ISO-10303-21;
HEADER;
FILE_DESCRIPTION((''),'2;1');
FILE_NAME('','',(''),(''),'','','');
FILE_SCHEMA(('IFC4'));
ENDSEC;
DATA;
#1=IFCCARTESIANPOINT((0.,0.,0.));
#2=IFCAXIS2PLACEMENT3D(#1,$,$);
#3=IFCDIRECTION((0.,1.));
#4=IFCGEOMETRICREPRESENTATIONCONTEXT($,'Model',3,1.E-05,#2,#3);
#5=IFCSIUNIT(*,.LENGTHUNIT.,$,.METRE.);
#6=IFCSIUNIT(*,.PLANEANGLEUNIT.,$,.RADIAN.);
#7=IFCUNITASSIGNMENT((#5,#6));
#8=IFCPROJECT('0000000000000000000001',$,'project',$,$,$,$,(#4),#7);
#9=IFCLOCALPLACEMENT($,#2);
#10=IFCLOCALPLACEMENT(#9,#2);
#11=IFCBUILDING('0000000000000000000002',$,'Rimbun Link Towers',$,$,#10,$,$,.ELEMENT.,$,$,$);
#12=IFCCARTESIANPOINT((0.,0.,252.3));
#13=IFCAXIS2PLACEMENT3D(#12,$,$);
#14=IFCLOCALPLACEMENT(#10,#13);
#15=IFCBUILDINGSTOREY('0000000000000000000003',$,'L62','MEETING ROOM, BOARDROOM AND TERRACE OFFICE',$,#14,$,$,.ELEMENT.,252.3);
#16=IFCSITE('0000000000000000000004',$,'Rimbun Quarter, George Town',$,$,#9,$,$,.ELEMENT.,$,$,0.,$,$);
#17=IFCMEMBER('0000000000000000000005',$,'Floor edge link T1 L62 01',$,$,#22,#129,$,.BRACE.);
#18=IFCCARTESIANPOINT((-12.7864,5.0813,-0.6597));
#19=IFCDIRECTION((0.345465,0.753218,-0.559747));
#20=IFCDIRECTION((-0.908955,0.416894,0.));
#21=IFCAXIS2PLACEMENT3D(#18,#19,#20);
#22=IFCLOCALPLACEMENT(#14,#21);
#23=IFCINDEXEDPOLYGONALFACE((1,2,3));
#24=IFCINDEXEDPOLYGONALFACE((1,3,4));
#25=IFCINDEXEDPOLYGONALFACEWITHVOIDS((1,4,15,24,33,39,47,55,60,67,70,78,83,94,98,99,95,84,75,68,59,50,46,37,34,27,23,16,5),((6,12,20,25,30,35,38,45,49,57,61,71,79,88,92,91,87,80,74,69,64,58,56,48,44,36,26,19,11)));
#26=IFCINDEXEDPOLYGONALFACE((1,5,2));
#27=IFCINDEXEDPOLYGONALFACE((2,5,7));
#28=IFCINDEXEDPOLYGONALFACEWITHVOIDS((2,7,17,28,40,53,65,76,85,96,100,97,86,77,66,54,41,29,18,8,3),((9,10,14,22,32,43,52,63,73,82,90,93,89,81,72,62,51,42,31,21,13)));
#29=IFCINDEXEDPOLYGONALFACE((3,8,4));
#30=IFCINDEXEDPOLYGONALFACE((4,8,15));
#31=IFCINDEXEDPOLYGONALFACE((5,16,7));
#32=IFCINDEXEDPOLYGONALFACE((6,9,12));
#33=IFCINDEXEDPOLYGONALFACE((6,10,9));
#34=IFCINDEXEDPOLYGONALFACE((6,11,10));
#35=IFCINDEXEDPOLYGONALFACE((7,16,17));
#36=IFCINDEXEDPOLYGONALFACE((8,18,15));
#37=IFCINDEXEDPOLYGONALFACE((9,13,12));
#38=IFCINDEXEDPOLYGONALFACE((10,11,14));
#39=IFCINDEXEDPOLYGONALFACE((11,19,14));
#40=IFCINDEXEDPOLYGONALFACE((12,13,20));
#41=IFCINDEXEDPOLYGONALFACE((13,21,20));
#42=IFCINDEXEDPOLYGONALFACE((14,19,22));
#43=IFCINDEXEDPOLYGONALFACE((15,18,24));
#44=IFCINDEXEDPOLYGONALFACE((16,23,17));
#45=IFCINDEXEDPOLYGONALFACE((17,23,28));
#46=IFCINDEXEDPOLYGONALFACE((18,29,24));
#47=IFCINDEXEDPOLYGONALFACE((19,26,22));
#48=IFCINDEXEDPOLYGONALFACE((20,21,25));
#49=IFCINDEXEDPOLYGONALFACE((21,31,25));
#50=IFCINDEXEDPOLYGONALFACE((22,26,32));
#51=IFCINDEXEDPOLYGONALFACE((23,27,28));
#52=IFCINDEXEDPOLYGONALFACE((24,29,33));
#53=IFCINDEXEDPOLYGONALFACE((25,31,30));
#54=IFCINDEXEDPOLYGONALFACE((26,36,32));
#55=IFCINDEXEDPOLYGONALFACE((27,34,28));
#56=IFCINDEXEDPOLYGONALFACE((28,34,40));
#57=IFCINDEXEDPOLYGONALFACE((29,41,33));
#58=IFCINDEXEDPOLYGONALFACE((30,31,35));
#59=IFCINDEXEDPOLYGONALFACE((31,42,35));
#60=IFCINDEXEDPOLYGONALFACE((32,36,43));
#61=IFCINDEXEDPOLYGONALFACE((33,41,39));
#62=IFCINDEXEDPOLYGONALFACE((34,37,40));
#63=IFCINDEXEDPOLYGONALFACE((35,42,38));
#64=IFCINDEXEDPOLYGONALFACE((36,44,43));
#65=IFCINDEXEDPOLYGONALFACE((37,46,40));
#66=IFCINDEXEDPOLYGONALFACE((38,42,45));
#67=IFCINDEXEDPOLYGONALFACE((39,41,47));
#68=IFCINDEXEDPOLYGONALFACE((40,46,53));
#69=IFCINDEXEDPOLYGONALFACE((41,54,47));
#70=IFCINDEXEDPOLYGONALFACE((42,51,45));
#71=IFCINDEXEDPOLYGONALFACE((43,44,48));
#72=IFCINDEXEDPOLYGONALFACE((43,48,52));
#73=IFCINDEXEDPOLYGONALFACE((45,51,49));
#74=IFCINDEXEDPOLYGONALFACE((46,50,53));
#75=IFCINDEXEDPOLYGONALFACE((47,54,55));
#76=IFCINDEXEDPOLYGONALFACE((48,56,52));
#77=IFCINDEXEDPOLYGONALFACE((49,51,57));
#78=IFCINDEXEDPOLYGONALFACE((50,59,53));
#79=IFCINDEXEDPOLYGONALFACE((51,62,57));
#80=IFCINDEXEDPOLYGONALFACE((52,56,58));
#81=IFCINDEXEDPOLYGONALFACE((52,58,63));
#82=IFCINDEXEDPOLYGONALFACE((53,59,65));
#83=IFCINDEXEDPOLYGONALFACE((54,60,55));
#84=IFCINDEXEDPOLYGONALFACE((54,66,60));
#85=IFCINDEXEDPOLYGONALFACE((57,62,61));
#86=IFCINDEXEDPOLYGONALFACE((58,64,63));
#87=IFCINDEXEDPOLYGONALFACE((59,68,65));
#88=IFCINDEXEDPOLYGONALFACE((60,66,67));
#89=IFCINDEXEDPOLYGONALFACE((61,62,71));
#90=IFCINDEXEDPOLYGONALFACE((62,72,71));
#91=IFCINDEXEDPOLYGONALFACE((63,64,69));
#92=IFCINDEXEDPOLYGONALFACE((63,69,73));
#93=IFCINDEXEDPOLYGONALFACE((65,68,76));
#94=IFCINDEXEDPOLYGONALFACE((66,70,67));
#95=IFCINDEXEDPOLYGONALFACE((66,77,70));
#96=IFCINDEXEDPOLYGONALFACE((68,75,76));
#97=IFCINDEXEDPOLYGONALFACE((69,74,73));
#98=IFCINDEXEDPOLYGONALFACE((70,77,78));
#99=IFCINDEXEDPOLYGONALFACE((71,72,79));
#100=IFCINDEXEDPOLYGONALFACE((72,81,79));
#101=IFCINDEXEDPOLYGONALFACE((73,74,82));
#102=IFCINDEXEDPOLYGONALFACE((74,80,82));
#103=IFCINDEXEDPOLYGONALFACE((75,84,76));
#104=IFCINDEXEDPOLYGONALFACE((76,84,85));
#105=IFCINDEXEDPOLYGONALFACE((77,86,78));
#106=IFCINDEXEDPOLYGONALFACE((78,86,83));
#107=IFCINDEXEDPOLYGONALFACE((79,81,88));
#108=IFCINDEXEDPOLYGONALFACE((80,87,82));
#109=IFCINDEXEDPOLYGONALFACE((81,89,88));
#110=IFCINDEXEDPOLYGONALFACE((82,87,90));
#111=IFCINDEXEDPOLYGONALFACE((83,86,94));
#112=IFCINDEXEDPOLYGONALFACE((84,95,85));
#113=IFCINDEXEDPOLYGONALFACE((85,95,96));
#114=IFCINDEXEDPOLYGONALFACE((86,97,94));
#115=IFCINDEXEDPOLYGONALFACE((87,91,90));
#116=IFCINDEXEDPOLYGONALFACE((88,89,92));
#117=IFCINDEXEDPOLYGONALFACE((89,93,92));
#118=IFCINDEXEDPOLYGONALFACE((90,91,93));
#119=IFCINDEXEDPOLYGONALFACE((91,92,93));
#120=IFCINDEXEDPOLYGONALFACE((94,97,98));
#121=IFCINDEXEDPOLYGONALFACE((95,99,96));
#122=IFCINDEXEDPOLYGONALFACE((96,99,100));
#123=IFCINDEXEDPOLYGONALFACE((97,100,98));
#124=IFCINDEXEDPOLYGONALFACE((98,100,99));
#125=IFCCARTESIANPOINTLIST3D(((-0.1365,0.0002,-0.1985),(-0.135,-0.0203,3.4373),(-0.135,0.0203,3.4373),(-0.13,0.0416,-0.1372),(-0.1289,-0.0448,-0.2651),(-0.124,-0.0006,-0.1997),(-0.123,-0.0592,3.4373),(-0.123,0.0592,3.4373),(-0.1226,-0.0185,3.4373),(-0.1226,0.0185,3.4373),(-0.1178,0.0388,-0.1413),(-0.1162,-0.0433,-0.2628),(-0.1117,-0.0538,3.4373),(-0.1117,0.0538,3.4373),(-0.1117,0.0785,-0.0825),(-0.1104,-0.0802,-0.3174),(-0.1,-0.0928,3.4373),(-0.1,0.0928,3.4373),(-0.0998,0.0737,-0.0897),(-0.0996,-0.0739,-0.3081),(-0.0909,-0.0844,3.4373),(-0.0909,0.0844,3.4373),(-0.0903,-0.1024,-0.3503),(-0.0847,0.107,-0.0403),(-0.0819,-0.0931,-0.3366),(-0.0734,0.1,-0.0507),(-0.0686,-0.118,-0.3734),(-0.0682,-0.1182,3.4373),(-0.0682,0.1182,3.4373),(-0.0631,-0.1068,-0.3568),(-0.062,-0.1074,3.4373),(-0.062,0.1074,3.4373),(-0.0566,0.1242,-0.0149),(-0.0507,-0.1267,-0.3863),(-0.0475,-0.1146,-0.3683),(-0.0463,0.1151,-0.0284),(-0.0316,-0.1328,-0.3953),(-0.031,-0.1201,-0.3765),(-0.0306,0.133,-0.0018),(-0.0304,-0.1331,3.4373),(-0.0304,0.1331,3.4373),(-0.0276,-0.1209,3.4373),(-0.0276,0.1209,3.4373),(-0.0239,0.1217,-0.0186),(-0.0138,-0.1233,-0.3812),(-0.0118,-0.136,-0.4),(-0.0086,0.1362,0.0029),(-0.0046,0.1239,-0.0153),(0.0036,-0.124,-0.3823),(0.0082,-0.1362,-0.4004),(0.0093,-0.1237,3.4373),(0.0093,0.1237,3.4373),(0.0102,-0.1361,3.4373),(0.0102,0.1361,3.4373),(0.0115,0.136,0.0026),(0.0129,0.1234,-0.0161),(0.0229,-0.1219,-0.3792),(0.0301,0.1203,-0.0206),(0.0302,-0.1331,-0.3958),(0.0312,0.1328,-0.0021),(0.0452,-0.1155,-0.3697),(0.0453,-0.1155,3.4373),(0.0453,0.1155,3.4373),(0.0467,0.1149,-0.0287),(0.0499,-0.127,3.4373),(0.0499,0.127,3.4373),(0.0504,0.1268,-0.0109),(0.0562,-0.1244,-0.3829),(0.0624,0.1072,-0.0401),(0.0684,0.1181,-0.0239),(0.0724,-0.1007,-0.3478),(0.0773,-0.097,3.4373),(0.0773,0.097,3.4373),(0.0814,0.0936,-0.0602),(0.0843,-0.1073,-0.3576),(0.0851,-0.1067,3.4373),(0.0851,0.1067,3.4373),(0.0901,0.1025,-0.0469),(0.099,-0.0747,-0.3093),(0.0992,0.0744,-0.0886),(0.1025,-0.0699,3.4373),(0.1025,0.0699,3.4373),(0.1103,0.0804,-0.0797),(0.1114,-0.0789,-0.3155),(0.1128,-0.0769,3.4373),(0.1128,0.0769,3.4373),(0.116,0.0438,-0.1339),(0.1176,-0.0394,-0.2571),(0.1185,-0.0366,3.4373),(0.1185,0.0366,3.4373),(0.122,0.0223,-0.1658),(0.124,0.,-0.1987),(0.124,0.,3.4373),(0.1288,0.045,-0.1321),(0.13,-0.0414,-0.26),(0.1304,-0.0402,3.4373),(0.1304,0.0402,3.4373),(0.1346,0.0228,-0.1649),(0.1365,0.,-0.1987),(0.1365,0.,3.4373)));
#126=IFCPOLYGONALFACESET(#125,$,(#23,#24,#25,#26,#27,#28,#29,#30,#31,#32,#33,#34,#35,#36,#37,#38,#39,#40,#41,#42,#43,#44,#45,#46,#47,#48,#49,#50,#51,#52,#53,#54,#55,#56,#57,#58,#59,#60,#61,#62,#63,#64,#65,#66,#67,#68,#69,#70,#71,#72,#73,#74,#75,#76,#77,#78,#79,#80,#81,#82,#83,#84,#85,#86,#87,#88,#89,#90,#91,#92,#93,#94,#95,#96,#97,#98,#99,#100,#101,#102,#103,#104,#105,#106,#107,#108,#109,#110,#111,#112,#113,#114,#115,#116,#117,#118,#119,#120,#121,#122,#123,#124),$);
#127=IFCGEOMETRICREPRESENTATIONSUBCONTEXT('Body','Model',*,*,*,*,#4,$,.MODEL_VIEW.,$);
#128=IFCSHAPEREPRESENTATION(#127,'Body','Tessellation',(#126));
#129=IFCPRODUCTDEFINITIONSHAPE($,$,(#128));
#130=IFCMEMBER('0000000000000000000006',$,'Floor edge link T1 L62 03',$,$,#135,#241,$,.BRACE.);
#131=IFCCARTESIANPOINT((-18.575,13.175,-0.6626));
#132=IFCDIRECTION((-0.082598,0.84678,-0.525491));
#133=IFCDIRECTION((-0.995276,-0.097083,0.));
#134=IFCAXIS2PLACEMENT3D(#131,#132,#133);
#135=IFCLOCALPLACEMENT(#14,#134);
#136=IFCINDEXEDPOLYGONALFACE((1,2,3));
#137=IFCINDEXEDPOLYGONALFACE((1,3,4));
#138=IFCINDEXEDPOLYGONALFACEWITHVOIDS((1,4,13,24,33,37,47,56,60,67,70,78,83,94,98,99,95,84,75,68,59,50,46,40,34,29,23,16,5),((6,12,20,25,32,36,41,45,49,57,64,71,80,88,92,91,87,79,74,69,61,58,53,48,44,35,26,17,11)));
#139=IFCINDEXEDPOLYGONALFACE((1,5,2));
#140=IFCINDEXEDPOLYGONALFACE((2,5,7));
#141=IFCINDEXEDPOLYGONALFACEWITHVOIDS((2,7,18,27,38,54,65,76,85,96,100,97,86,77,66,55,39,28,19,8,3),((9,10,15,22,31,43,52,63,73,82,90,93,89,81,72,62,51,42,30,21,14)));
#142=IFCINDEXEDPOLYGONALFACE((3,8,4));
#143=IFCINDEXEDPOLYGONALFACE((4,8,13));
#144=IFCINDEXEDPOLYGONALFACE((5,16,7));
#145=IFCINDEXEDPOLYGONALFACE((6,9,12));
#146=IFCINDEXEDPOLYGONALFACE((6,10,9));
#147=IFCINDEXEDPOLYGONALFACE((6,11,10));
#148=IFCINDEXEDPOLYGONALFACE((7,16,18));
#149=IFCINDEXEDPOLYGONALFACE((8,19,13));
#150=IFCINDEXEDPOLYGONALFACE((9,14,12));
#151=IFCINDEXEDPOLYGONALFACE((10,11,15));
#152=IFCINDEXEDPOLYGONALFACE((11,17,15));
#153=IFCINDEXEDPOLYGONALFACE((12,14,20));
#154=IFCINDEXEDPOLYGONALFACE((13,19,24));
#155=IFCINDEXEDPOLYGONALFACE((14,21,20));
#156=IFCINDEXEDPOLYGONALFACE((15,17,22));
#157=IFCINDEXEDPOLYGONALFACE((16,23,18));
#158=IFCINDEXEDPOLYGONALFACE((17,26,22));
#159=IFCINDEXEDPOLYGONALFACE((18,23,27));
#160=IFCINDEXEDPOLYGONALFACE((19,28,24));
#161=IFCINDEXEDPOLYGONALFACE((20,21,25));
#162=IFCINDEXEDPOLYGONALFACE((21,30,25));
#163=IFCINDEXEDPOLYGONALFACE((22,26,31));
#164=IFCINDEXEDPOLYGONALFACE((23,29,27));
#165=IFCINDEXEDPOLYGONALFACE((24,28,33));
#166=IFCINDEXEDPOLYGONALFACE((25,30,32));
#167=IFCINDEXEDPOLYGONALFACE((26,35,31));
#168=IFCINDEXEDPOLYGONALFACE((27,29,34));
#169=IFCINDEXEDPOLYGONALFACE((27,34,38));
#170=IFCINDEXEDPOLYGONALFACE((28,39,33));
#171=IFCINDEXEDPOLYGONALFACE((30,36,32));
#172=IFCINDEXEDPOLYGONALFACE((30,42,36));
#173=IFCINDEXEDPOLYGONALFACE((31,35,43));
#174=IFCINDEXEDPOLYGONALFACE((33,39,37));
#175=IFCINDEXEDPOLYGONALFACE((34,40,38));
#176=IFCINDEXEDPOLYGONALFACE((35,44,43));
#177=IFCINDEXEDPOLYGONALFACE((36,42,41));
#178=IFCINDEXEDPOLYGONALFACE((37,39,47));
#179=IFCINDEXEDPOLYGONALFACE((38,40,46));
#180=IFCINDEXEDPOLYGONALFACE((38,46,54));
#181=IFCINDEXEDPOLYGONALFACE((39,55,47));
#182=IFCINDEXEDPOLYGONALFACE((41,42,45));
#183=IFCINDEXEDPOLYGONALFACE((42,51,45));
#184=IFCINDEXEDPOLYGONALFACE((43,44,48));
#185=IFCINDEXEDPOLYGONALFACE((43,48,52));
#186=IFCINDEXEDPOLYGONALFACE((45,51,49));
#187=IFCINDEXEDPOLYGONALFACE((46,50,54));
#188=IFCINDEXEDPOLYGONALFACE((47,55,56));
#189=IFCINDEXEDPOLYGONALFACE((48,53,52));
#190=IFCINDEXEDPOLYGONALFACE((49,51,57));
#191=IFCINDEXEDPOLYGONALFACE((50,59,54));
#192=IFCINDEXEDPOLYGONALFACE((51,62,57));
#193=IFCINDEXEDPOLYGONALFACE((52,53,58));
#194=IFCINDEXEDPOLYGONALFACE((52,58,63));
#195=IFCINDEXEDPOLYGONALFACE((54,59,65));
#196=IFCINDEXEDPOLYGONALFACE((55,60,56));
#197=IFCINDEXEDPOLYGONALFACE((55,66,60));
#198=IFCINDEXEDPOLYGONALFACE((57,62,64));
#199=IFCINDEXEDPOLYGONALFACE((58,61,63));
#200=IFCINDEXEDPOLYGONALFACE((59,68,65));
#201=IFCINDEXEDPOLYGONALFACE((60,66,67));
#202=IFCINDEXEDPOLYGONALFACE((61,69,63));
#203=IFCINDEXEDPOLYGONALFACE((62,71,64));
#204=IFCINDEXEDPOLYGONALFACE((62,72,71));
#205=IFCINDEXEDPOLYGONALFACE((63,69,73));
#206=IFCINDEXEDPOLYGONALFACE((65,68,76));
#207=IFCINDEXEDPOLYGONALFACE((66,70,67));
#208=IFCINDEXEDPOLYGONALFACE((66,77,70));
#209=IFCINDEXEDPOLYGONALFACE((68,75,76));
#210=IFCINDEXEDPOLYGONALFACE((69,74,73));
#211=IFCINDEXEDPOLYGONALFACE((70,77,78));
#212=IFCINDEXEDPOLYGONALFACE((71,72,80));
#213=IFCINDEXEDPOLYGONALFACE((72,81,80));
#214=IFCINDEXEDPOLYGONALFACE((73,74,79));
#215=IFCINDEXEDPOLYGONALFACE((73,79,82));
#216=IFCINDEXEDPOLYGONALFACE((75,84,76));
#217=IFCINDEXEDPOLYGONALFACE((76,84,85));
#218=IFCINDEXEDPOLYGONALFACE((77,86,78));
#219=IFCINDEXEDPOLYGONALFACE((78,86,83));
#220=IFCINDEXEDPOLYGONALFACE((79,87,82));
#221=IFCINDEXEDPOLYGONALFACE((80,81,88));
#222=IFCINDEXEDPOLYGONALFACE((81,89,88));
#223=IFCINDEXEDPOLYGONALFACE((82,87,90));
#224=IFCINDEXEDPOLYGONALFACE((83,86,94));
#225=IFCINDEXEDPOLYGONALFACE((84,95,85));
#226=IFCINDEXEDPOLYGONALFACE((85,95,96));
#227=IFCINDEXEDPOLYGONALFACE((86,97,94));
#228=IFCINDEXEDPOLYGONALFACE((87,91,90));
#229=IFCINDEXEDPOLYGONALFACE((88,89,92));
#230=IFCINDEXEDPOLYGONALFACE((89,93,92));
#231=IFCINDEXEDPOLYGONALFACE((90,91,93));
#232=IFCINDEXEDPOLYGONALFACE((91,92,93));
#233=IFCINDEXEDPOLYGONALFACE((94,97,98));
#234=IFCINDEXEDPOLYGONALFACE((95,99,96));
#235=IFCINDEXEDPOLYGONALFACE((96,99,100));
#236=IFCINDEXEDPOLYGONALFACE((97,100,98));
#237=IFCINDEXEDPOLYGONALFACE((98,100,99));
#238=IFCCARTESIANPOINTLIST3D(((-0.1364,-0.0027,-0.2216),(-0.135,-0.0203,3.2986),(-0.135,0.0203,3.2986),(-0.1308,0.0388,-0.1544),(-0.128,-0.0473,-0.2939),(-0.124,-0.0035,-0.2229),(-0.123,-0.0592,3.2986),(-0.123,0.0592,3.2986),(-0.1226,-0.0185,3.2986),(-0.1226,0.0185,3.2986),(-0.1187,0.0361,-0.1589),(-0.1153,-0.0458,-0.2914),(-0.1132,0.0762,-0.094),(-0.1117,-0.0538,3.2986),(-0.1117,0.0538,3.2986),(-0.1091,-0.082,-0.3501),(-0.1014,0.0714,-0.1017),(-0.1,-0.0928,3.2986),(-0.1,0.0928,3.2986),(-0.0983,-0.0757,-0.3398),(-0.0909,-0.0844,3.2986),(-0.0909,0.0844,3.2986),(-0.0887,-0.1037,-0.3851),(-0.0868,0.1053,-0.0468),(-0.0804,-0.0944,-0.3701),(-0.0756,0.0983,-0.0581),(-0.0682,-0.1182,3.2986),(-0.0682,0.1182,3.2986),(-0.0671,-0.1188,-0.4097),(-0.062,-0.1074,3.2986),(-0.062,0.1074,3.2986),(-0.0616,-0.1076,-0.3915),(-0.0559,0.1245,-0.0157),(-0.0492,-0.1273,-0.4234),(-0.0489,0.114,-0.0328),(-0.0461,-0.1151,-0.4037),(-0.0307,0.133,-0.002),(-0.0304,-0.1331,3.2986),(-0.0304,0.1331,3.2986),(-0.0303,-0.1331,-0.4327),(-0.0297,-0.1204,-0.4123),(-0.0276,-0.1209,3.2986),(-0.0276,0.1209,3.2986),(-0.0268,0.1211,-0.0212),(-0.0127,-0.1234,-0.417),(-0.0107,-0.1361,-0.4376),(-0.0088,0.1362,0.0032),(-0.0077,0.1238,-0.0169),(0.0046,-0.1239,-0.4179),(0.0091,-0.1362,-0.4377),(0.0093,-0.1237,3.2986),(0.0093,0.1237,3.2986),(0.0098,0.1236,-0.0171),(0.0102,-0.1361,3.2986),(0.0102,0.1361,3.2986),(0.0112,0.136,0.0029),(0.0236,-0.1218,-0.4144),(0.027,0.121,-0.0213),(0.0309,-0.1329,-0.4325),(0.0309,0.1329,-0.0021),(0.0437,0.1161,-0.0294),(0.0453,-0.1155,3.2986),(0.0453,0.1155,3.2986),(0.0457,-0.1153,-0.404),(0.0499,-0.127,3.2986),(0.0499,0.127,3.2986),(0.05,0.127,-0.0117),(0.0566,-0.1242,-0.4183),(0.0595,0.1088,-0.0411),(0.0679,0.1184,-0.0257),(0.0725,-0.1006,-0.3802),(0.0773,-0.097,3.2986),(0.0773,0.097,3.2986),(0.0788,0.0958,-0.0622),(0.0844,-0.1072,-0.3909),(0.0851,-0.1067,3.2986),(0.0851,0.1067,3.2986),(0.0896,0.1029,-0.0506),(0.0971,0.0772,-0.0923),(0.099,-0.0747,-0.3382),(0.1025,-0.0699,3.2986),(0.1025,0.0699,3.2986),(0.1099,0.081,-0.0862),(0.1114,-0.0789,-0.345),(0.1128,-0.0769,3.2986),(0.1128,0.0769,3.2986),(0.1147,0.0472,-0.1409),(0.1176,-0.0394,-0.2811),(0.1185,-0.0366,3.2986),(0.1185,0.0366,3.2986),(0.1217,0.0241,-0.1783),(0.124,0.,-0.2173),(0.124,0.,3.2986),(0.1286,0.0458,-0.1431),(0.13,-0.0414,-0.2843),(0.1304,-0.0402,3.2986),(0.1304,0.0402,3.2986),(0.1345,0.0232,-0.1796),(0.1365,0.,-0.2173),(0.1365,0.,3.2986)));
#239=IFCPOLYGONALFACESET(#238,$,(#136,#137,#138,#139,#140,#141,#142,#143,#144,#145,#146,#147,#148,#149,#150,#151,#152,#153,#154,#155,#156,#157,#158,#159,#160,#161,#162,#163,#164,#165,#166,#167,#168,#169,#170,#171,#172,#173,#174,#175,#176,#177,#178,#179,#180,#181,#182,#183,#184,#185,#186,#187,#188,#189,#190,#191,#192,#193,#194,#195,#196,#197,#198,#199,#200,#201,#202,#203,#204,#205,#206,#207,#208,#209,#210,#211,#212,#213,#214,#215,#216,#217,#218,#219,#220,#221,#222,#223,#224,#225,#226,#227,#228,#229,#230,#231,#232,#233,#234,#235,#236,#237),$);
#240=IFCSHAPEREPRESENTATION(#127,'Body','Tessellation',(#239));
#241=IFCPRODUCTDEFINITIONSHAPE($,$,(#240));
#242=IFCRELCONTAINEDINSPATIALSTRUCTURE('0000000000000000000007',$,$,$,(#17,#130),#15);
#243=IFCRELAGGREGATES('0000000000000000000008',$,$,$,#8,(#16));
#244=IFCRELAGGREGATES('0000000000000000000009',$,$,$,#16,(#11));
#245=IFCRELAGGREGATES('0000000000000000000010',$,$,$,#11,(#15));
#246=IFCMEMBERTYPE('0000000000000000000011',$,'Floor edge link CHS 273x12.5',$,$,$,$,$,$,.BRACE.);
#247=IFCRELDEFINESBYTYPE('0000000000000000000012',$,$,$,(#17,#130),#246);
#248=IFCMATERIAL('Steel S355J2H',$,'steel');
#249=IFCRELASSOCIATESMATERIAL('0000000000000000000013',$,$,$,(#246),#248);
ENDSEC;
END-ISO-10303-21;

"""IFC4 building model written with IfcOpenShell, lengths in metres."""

from ifc_helpers import new_model, si_unit, direction, frame, origin, origin_2d, place, context, subcontext, project, spatial, hollow_circle, extrude, clip, halfspace, material, material_profile, profile_set, type_object, element, save


model = new_model("IFC4")

# Units and contexts
model_context = context("Model", 3, precision=1e-05, world=origin(), true_north=direction((0.0, 1.0)))
body_context = subcontext(model_context, "Body", "Model", "MODEL_VIEW")
ifc_project = project(units=[si_unit("LENGTHUNIT", "METRE"), si_unit("PLANEANGLEUNIT", "RADIAN")], contexts=[model_context])

# Site, building, storey
site_placement = place(None, origin())
site = spatial("IfcSite", under=ifc_project, at=site_placement, Name="Rimbun Quarter, George Town", CompositionType="ELEMENT", RefElevation=0.0)
building_placement = place(site_placement, origin())
building = spatial("IfcBuilding", under=site, at=building_placement, Name="Rimbun Link Towers", CompositionType="ELEMENT")
storey_placement = place(building_placement, frame((0.0, 0.0, 252.3)))
storey = spatial("IfcBuildingStorey", under=building, at=storey_placement, Name="L62", Description="MEETING ROOM, BOARDROOM AND TERRACE OFFICE", CompositionType="ELEMENT", Elevation=252.3)

# Members
ifc_material_1 = material(Name="Steel S355J2H", Category="steel")
ifc_material_profile_1 = material_profile(ifc_material_1, hollow_circle(Radius=0.1365, WallThickness=0.0125, at=origin_2d()), Name="CHS 273x12.5")
ifc_profile_set_1 = profile_set([ifc_material_profile_1], Name="Steel S355J2H")
member_type_1 = type_object("IfcMemberType", Name="Floor edge link CHS 273x12.5", PredefinedType="BRACE", material=ifc_profile_set_1)
member_1_placement = place(storey_placement, frame((-12.7864, 5.0813, -0.6597), z_axis=(0.345465, 0.753218, -0.559747), x_axis=(-0.908955, 0.416894, 0.0)))
element("IfcMember", 1, at=member_1_placement, inside=storey, type_object=member_type_1, Name="Floor edge link T1 L62 01", PredefinedType="BRACE", context=body_context, shape_type="Clipping", body=[
    clip(extrude(hollow_circle(Radius=0.1365, WallThickness=0.0125, at=origin_2d()), frame((0.0, 0.0, -0.4221)), (0.0, 0.0, 1.0), 3.8594), halfspace(frame((0.0, 0.0, -0.1987), z_axis=(0.0, 0.828664, -0.559747)), False)),
])
member_2_placement = place(storey_placement, frame((-18.575, 13.175, -0.6626), z_axis=(-0.082598, 0.84678, -0.525491), x_axis=(-0.995276, -0.097083, 0.0)))
element("IfcMember", 2, at=member_2_placement, inside=storey, type_object=member_type_1, Name="Floor edge link T1 L62 03", PredefinedType="BRACE", context=body_context, shape_type="Clipping", body=[
    clip(extrude(hollow_circle(Radius=0.1365, WallThickness=0.0125, at=origin_2d()), frame((0.0, 0.0, -0.4609)), (0.0, 0.0, 1.0), 3.7595), halfspace(frame((0.0, 0.0, -0.2173), z_axis=(0.0, 0.850799, -0.525491)), False)),
])

save(model, "model.ifc")
